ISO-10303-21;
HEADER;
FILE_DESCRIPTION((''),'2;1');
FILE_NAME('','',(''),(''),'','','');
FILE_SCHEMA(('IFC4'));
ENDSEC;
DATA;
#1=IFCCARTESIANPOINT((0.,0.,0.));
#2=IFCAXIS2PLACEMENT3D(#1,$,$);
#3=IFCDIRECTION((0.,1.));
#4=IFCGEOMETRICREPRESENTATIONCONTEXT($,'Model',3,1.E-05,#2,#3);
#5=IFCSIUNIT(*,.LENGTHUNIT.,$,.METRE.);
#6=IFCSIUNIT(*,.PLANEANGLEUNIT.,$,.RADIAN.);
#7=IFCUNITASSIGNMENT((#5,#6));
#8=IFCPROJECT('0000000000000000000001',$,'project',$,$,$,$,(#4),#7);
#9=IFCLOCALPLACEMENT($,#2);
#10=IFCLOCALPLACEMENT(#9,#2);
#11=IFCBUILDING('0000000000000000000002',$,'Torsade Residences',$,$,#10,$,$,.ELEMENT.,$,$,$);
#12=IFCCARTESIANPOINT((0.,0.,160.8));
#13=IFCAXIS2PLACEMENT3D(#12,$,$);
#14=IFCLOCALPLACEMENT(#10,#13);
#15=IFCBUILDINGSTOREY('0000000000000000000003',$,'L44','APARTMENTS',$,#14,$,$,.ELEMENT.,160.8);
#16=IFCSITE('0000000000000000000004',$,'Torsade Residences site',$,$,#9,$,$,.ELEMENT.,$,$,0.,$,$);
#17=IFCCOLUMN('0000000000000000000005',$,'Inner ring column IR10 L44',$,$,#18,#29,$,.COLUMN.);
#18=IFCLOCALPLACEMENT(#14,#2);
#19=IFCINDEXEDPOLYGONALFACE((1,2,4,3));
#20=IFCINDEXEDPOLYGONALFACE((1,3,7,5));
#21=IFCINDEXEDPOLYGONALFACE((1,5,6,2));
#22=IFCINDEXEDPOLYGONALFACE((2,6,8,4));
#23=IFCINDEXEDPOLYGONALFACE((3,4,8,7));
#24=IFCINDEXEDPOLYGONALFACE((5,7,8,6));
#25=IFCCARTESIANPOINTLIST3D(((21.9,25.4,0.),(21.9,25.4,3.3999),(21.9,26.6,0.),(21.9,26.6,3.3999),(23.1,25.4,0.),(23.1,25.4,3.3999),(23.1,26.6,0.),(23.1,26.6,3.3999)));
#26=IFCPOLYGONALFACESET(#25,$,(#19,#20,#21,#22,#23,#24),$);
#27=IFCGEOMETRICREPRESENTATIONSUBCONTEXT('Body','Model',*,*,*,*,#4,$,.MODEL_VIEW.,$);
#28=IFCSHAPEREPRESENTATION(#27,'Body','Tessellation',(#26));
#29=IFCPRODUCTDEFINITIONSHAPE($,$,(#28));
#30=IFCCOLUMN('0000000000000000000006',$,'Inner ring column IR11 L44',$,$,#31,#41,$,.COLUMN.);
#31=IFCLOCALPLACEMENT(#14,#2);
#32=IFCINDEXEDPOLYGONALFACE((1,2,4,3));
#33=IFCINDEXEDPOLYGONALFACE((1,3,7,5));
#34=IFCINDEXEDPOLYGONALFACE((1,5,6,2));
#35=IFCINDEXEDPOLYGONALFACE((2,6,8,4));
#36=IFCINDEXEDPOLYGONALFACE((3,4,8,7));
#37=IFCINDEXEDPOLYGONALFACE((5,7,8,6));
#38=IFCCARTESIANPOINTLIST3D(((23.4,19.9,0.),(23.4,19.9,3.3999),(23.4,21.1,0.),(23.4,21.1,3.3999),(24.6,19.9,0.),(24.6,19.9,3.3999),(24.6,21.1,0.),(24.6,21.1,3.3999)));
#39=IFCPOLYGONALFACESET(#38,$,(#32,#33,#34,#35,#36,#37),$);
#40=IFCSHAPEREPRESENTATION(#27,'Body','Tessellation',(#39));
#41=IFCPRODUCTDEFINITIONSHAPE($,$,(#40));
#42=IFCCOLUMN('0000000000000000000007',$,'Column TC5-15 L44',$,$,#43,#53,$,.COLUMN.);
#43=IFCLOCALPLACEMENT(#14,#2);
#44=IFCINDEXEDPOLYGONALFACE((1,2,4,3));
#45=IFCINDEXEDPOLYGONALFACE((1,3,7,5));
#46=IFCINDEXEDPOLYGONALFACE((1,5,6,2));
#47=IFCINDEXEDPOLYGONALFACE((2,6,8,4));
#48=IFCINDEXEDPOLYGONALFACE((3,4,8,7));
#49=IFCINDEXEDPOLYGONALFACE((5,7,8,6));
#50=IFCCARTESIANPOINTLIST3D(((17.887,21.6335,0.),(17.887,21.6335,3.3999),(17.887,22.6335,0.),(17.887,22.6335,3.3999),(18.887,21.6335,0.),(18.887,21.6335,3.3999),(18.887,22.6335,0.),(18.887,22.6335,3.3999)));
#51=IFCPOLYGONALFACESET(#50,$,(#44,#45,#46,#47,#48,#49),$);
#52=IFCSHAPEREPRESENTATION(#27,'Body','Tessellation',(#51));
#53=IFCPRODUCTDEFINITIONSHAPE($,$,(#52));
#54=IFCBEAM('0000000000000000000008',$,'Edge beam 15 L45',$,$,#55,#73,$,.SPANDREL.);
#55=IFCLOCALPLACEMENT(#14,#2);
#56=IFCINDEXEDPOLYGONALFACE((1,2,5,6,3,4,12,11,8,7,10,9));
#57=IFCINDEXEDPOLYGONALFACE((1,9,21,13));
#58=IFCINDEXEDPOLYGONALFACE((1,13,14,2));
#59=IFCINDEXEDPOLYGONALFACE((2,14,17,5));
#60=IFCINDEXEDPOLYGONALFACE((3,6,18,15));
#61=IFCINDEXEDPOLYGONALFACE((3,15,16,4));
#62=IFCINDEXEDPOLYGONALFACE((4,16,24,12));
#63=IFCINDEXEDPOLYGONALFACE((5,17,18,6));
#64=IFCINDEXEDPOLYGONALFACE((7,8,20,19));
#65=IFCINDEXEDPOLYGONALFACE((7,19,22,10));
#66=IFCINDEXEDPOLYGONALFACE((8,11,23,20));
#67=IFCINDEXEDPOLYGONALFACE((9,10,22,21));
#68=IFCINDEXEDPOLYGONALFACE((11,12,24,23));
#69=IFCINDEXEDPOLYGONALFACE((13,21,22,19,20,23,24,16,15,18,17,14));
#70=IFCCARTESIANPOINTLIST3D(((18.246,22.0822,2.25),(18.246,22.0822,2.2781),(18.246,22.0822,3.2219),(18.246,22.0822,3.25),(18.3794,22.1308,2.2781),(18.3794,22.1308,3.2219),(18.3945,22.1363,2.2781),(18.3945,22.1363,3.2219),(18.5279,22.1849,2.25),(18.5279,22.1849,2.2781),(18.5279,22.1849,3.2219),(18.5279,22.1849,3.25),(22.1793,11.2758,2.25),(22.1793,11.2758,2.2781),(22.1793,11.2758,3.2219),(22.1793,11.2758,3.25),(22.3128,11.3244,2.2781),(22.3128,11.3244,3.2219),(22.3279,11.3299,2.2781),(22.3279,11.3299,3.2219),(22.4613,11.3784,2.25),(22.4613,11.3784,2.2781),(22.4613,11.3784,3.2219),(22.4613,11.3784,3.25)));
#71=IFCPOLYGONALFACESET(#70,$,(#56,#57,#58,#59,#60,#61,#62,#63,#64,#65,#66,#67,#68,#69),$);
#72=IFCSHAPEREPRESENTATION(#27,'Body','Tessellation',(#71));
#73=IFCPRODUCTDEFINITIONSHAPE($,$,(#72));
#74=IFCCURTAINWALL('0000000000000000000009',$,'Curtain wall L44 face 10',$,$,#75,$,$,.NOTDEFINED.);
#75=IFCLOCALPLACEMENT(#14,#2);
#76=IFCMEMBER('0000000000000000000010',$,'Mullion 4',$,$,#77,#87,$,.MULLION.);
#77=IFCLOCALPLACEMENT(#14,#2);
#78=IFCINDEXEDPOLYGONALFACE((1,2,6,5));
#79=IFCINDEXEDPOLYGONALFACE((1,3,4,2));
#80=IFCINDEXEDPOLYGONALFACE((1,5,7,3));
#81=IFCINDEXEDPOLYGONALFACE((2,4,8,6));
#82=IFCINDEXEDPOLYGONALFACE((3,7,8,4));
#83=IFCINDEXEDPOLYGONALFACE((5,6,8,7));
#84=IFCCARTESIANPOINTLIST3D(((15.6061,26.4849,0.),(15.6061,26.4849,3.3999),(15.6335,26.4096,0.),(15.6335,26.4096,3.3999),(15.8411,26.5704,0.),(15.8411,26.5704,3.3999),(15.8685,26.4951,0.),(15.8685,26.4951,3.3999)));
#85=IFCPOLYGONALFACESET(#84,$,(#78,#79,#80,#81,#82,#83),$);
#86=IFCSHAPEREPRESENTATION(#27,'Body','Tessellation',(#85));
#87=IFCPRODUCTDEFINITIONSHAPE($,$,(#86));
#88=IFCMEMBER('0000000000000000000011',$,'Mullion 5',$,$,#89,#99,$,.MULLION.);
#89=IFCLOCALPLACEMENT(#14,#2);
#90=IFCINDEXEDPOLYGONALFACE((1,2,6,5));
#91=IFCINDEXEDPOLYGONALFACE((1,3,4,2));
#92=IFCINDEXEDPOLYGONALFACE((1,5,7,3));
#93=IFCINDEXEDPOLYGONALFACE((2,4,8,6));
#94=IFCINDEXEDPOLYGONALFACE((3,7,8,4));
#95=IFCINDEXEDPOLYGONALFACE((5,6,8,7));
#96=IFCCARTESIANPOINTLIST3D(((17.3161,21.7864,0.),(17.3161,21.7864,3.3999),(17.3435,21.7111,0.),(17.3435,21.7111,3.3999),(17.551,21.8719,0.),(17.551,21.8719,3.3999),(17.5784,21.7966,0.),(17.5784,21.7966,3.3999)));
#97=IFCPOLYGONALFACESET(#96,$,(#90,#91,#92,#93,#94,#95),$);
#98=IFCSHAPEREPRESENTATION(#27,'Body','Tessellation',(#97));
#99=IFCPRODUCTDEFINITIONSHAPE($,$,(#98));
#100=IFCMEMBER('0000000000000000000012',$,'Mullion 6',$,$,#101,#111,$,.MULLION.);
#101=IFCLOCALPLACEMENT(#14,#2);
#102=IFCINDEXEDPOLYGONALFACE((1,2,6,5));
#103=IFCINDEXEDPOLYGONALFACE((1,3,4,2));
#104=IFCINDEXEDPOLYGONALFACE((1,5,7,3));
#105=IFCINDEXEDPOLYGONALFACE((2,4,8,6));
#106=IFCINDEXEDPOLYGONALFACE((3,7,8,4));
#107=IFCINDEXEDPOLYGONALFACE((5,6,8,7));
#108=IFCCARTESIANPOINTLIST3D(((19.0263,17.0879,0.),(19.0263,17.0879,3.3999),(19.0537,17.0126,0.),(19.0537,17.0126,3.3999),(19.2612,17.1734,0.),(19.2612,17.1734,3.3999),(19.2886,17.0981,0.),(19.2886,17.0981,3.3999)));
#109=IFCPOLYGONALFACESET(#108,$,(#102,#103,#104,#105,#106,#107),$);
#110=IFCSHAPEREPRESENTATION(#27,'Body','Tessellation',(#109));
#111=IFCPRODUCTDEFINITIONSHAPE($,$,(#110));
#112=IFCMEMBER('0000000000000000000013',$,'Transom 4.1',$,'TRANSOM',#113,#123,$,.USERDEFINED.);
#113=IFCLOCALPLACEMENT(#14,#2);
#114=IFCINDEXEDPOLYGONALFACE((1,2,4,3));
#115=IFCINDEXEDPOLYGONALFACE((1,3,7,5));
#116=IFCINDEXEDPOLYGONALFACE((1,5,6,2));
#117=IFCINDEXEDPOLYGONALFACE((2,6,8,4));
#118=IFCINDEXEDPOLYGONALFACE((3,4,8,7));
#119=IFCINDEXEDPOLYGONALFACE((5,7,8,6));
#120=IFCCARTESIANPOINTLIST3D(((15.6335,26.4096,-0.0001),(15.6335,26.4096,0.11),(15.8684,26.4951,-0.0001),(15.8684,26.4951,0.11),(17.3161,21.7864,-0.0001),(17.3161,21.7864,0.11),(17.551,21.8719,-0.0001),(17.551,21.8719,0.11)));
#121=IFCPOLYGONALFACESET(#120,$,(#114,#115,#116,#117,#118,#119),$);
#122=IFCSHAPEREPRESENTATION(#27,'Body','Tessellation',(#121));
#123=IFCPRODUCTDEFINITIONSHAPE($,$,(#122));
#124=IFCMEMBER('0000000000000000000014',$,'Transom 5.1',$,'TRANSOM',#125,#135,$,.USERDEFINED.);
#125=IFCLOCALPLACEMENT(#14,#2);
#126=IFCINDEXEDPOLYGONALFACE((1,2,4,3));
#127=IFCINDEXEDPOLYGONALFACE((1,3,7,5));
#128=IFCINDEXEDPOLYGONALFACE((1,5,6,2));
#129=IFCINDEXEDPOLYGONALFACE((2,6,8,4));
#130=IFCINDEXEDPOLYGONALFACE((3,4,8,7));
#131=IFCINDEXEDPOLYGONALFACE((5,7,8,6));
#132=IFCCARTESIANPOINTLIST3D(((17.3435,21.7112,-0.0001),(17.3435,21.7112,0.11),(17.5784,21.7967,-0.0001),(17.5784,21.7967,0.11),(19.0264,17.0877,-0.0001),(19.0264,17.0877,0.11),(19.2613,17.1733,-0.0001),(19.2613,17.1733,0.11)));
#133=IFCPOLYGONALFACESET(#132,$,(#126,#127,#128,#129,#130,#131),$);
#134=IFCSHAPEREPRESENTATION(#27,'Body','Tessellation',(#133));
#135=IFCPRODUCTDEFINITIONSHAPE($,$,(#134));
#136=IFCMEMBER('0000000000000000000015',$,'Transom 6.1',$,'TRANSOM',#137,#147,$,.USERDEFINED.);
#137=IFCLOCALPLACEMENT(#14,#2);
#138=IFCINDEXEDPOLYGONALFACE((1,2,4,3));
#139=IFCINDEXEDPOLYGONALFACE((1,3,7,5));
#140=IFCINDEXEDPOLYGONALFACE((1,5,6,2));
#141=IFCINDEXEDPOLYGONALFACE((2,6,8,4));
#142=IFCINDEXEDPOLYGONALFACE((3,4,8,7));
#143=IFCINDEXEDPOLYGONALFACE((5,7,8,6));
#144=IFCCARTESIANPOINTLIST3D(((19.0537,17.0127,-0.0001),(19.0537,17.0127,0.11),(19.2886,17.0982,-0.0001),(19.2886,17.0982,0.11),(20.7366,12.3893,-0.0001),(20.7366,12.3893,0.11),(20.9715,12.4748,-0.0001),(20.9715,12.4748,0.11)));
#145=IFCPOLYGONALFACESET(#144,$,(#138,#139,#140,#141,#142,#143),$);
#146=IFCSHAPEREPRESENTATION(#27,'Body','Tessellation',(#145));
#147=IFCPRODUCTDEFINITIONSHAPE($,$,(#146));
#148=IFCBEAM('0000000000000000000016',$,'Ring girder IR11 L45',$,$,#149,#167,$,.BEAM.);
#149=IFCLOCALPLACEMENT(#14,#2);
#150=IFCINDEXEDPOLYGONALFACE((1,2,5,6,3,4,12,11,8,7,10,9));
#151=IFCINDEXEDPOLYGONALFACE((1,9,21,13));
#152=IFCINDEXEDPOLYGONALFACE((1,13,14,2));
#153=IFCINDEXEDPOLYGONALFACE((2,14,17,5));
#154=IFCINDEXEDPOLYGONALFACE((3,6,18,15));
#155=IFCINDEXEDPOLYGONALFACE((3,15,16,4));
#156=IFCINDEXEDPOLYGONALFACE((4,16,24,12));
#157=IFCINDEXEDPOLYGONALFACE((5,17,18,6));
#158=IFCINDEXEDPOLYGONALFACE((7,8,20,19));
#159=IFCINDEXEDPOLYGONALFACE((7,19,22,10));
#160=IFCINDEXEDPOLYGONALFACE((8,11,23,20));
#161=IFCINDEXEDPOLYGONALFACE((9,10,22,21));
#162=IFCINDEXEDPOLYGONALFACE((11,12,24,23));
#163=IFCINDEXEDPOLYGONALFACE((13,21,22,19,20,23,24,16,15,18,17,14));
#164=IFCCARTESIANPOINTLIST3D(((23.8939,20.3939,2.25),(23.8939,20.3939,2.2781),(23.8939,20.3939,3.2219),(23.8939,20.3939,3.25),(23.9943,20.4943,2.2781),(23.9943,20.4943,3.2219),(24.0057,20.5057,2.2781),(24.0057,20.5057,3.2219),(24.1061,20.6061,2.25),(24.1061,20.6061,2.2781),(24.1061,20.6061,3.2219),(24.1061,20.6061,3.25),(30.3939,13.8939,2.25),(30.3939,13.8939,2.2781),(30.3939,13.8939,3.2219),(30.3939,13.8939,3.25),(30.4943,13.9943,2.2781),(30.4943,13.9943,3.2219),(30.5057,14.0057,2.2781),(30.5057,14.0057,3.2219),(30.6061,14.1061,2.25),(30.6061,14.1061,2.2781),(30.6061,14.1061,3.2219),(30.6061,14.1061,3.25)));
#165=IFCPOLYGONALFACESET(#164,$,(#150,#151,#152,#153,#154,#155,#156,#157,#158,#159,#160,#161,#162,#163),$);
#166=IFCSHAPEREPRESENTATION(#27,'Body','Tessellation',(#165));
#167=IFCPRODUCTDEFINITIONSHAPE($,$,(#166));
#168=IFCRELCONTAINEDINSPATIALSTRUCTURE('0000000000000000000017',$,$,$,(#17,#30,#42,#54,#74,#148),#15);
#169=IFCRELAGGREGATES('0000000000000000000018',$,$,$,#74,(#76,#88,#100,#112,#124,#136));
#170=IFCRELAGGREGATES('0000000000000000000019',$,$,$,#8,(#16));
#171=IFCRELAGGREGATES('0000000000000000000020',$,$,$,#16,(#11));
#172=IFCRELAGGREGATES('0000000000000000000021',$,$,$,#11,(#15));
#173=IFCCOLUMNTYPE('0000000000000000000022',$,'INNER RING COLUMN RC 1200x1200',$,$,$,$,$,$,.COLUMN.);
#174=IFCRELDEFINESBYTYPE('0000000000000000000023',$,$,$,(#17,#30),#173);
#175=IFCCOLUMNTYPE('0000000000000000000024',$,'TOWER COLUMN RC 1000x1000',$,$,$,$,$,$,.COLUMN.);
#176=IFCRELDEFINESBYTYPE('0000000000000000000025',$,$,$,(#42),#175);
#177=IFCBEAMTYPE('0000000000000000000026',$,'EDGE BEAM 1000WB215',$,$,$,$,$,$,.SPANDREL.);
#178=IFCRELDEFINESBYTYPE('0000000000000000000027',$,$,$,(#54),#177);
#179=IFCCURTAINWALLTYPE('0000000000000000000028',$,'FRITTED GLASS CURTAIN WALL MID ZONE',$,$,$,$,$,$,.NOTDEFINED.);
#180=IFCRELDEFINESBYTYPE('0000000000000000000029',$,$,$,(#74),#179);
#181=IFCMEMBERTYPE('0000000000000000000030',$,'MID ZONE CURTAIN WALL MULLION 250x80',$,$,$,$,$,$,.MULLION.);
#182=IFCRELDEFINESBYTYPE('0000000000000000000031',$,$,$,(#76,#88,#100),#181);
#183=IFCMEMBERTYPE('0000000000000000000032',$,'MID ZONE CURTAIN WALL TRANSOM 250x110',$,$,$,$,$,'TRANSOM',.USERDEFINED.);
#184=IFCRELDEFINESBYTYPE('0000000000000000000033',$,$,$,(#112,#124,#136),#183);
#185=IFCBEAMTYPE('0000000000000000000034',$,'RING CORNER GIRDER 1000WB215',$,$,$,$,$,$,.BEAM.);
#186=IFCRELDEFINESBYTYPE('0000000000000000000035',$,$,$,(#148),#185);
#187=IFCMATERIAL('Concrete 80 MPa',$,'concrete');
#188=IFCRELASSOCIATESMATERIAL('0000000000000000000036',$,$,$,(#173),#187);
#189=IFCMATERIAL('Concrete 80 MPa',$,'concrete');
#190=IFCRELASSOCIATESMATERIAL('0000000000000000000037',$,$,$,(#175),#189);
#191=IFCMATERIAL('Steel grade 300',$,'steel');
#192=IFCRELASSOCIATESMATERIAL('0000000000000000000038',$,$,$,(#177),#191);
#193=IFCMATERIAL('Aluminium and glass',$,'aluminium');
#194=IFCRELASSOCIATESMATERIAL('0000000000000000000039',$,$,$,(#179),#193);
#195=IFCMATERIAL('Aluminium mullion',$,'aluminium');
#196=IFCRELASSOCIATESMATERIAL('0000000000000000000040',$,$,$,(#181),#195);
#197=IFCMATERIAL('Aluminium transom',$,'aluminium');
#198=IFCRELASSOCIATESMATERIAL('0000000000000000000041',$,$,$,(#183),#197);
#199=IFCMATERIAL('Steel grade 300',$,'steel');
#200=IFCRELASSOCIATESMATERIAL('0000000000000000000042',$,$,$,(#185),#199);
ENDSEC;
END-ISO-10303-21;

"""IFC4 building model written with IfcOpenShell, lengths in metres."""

from ifc_helpers import new_model, si_unit, direction, frame, origin, origin_2d, place, context, subcontext, project, spatial, rectangle, i_section, extrude, material, material_profile, profile_set, type_object, element, aggregate, save


model = new_model("IFC4")

# Units and contexts
model_context = context("Model", 3, precision=1e-05, world=origin(), true_north=direction((0.0, 1.0)))
body_context = subcontext(model_context, "Body", "Model", "MODEL_VIEW")
ifc_project = project(units=[si_unit("LENGTHUNIT", "METRE"), si_unit("PLANEANGLEUNIT", "RADIAN")], contexts=[model_context])

# Site, building, storey
site_placement = place(None, origin())
site = spatial("IfcSite", under=ifc_project, at=site_placement, Name="Torsade Residences site", CompositionType="ELEMENT", RefElevation=0.0)
building_placement = place(site_placement, origin())
building = spatial("IfcBuilding", under=site, at=building_placement, Name="Torsade Residences", CompositionType="ELEMENT")
storey_placement = place(building_placement, frame((0.0, 0.0, 160.8)))
storey = spatial("IfcBuildingStorey", under=building, at=storey_placement, Name="L44", Description="APARTMENTS", CompositionType="ELEMENT", Elevation=160.8)

# Columns
ifc_material_1 = material(Name="Concrete 80 MPa", Category="concrete")
ifc_material_profile_1 = material_profile(ifc_material_1, rectangle(XDim=1.2, YDim=1.2, at=origin_2d()), Name="RC 1200x1200")
ifc_profile_set_1 = profile_set([ifc_material_profile_1], Name="Concrete 80 MPa")
column_type_1 = type_object("IfcColumnType", Name="INNER RING COLUMN RC 1200x1200", PredefinedType="COLUMN", material=ifc_profile_set_1)
for number, where, z_axis, x_axis, name in (
    (1, (22.5, 26.0, 0.0), (0.0, 0.0, 1.0), (1.0, 0.0, 0.0), "Inner ring column IR10 L44"),
    (2, (24.0, 20.5, 0.0), (0.0, 0.0, 1.0), (1.0, 0.0, 0.0), "Inner ring column IR11 L44"),
):
    element("IfcColumn", number, at=place(storey_placement, frame(where, z_axis=z_axis, x_axis=x_axis)), inside=storey, type_object=column_type_1, Name=name, PredefinedType="COLUMN", context=body_context, shape_type="SweptSolid", body=[
        extrude(rectangle(XDim=1.2, YDim=1.2, at=origin_2d()), origin(), (0.0, 0.0, 1.0), 3.3999),
    ])
ifc_material_2 = material(Name="Concrete 80 MPa", Category="concrete")
ifc_material_profile_2 = material_profile(ifc_material_2, rectangle(XDim=1.0, YDim=1.0, at=origin_2d()), Name="RC 1000x1000")
ifc_profile_set_2 = profile_set([ifc_material_profile_2], Name="Concrete 80 MPa")
column_type_2 = type_object("IfcColumnType", Name="TOWER COLUMN RC 1000x1000", PredefinedType="COLUMN", material=ifc_profile_set_2)
column_placement = place(storey_placement, frame((18.387, 22.1335, 0.0), z_axis=(0.0, 0.0, 1.0), x_axis=(1.0, 0.0, 0.0)))
element("IfcColumn", 3, at=column_placement, inside=storey, type_object=column_type_2, Name="Column TC5-15 L44", PredefinedType="COLUMN", context=body_context, shape_type="SweptSolid", body=[
    extrude(rectangle(XDim=1.0, YDim=1.0, at=origin_2d()), origin(), (0.0, 0.0, 1.0), 3.3999),
])

# Beam
ifc_material_3 = material(Name="Steel grade 300", Category="steel")
ifc_material_profile_3 = material_profile(ifc_material_3, i_section(OverallWidth=0.3, OverallDepth=1.0, WebThickness=0.0161, FlangeThickness=0.0281, at=origin_2d()), Name="1000WB215")
ifc_profile_set_3 = profile_set([ifc_material_profile_3], Name="Steel grade 300")
beam_type_1 = type_object("IfcBeamType", Name="EDGE BEAM 1000WB215", PredefinedType="SPANDREL", material=ifc_profile_set_3)
beam_1_placement = place(storey_placement, frame((18.387, 22.1335, 2.75), z_axis=(0.342031, -0.939689, 0.0), x_axis=(0.939689, 0.342031, 0.0)))
element("IfcBeam", 4, at=beam_1_placement, inside=storey, type_object=beam_type_1, Name="Edge beam 15 L45", PredefinedType="SPANDREL", context=body_context, shape_type="SweptSolid", body=[
    extrude(i_section(OverallWidth=0.3, OverallDepth=1.0, WebThickness=0.0161, FlangeThickness=0.0281, at=origin_2d()), origin(), (0.0, 0.0, 1.0), 11.5),
])

# Curtain wall, members
ifc_material_4 = material(Name="Aluminium and glass", Category="aluminium")
curtain_wall_type = type_object("IfcCurtainWallType", Name="FRITTED GLASS CURTAIN WALL MID ZONE", PredefinedType="NOTDEFINED", material=ifc_material_4)
curtain_wall_placement = place(storey_placement, origin())
curtain_wall = element("IfcCurtainWall", 5, at=curtain_wall_placement, inside=storey, type_object=curtain_wall_type, Name="Curtain wall L44 face 10", PredefinedType="NOTDEFINED")
ifc_material_5 = material(Name="Aluminium mullion", Category="aluminium")
ifc_material_profile_4 = material_profile(ifc_material_5, rectangle(XDim=0.25, YDim=0.0801, at=origin_2d()), Name="MID ZONE CURTAIN WALL MULLION 250x80")
ifc_profile_set_4 = profile_set([ifc_material_profile_4], Name="Aluminium mullion")
member_type_1 = type_object("IfcMemberType", Name="MID ZONE CURTAIN WALL MULLION 250x80", PredefinedType="MULLION", material=ifc_profile_set_4)
member_1_placement = place(storey_placement, frame((15.7373, 26.49, 0.0), z_axis=(0.0, 0.0, 1.0), x_axis=(0.939693, 0.34202, 0.0)))
member_1 = element("IfcMember", 6, at=member_1_placement, type_object=member_type_1, Name="Mullion 4", PredefinedType="MULLION", context=body_context, shape_type="SweptSolid", body=[
    extrude(rectangle(XDim=0.25, YDim=0.0801, at=origin_2d()), origin(), (0.0, 0.0, 1.0), 3.3999),
])
member_2_placement = place(storey_placement, frame((17.4473, 21.7915, 0.0), z_axis=(0.0, 0.0, 1.0), x_axis=(0.939693, 0.34202, 0.0)))
member_2 = element("IfcMember", 7, at=member_2_placement, type_object=member_type_1, Name="Mullion 5", PredefinedType="MULLION", context=body_context, shape_type="SweptSolid", body=[
    extrude(rectangle(XDim=0.25, YDim=0.0801, at=origin_2d()), origin(), (0.0, 0.0, 1.0), 3.3999),
])
member_3_placement = place(storey_placement, frame((19.1575, 17.093, 0.0), z_axis=(0.0, 0.0, 1.0), x_axis=(0.939693, 0.34202, 0.0)))
member_3 = element("IfcMember", 8, at=member_3_placement, type_object=member_type_1, Name="Mullion 6", PredefinedType="MULLION", context=body_context, shape_type="SweptSolid", body=[
    extrude(rectangle(XDim=0.25, YDim=0.0801, at=origin_2d()), origin(), (0.0, 0.0, 1.0), 3.3999),
])
ifc_material_6 = material(Name="Aluminium transom", Category="aluminium")
ifc_material_profile_5 = material_profile(ifc_material_6, rectangle(XDim=0.25, YDim=0.1101, at=origin_2d()), Name="MID ZONE CURTAIN WALL TRANSOM 250x110")
ifc_profile_set_5 = profile_set([ifc_material_profile_5], Name="Aluminium transom")
member_type_2 = type_object("IfcMemberType", Name="MID ZONE CURTAIN WALL TRANSOM 250x110", ElementType="TRANSOM", PredefinedType="USERDEFINED", material=ifc_profile_set_5)
member_4_placement = place(storey_placement, frame((15.751, 26.4524, 0.0549), z_axis=(0.341998, -0.939701, 0.0), x_axis=(0.939701, 0.341998, 0.0)))
member_4 = element("IfcMember", 9, at=member_4_placement, type_object=member_type_2, Name="Transom 4.1", ObjectType="TRANSOM", PredefinedType="USERDEFINED", context=body_context, shape_type="SweptSolid", body=[
    extrude(rectangle(XDim=0.25, YDim=0.1101, at=origin_2d()), origin(), (0.0, 0.0, 1.0), 4.9199),
])
member_5_placement = place(storey_placement, frame((17.4609, 21.7539, 0.0549), z_axis=(0.342042, -0.939685, 0.0), x_axis=(0.939685, 0.342042, 0.0)))
member_5 = element("IfcMember", 10, at=member_5_placement, type_object=member_type_2, Name="Transom 5.1", ObjectType="TRANSOM", PredefinedType="USERDEFINED", context=body_context, shape_type="SweptSolid", body=[
    extrude(rectangle(XDim=0.25, YDim=0.1101, at=origin_2d()), origin(), (0.0, 0.0, 1.0), 4.9202),
])
member_6_placement = place(storey_placement, frame((19.1711, 17.0554, 0.0549), z_axis=(0.342042, -0.939685, 0.0), x_axis=(0.939685, 0.342042, 0.0)))
member_6 = element("IfcMember", 11, at=member_6_placement, type_object=member_type_2, Name="Transom 6.1", ObjectType="TRANSOM", PredefinedType="USERDEFINED", context=body_context, shape_type="SweptSolid", body=[
    extrude(rectangle(XDim=0.25, YDim=0.1101, at=origin_2d()), origin(), (0.0, 0.0, 1.0), 4.9202),
])

# Beam
ifc_material_7 = material(Name="Steel grade 300", Category="steel")
ifc_material_profile_6 = material_profile(ifc_material_7, i_section(OverallWidth=0.3, OverallDepth=1.0, WebThickness=0.0161, FlangeThickness=0.0281, at=origin_2d()), Name="1000WB215")
ifc_profile_set_6 = profile_set([ifc_material_profile_6], Name="Steel grade 300")
beam_type_2 = type_object("IfcBeamType", Name="RING CORNER GIRDER 1000WB215", PredefinedType="BEAM", material=ifc_profile_set_6)
beam_2_placement = place(storey_placement, frame((24.0, 20.5, 2.75), z_axis=(0.707107, -0.707107, 0.0), x_axis=(0.707107, 0.707107, 0.0)))
element("IfcBeam", 12, at=beam_2_placement, inside=storey, type_object=beam_type_2, Name="Ring girder IR11 L45", PredefinedType="BEAM", context=body_context, shape_type="SweptSolid", body=[
    extrude(i_section(OverallWidth=0.3, OverallDepth=1.0, WebThickness=0.0161, FlangeThickness=0.0281, at=origin_2d()), origin(), (0.0, 0.0, 1.0), 9.1924),
])

aggregate(curtain_wall, [member_1, member_2, member_3, member_4, member_5, member_6])

save(model, "model.ifc")
